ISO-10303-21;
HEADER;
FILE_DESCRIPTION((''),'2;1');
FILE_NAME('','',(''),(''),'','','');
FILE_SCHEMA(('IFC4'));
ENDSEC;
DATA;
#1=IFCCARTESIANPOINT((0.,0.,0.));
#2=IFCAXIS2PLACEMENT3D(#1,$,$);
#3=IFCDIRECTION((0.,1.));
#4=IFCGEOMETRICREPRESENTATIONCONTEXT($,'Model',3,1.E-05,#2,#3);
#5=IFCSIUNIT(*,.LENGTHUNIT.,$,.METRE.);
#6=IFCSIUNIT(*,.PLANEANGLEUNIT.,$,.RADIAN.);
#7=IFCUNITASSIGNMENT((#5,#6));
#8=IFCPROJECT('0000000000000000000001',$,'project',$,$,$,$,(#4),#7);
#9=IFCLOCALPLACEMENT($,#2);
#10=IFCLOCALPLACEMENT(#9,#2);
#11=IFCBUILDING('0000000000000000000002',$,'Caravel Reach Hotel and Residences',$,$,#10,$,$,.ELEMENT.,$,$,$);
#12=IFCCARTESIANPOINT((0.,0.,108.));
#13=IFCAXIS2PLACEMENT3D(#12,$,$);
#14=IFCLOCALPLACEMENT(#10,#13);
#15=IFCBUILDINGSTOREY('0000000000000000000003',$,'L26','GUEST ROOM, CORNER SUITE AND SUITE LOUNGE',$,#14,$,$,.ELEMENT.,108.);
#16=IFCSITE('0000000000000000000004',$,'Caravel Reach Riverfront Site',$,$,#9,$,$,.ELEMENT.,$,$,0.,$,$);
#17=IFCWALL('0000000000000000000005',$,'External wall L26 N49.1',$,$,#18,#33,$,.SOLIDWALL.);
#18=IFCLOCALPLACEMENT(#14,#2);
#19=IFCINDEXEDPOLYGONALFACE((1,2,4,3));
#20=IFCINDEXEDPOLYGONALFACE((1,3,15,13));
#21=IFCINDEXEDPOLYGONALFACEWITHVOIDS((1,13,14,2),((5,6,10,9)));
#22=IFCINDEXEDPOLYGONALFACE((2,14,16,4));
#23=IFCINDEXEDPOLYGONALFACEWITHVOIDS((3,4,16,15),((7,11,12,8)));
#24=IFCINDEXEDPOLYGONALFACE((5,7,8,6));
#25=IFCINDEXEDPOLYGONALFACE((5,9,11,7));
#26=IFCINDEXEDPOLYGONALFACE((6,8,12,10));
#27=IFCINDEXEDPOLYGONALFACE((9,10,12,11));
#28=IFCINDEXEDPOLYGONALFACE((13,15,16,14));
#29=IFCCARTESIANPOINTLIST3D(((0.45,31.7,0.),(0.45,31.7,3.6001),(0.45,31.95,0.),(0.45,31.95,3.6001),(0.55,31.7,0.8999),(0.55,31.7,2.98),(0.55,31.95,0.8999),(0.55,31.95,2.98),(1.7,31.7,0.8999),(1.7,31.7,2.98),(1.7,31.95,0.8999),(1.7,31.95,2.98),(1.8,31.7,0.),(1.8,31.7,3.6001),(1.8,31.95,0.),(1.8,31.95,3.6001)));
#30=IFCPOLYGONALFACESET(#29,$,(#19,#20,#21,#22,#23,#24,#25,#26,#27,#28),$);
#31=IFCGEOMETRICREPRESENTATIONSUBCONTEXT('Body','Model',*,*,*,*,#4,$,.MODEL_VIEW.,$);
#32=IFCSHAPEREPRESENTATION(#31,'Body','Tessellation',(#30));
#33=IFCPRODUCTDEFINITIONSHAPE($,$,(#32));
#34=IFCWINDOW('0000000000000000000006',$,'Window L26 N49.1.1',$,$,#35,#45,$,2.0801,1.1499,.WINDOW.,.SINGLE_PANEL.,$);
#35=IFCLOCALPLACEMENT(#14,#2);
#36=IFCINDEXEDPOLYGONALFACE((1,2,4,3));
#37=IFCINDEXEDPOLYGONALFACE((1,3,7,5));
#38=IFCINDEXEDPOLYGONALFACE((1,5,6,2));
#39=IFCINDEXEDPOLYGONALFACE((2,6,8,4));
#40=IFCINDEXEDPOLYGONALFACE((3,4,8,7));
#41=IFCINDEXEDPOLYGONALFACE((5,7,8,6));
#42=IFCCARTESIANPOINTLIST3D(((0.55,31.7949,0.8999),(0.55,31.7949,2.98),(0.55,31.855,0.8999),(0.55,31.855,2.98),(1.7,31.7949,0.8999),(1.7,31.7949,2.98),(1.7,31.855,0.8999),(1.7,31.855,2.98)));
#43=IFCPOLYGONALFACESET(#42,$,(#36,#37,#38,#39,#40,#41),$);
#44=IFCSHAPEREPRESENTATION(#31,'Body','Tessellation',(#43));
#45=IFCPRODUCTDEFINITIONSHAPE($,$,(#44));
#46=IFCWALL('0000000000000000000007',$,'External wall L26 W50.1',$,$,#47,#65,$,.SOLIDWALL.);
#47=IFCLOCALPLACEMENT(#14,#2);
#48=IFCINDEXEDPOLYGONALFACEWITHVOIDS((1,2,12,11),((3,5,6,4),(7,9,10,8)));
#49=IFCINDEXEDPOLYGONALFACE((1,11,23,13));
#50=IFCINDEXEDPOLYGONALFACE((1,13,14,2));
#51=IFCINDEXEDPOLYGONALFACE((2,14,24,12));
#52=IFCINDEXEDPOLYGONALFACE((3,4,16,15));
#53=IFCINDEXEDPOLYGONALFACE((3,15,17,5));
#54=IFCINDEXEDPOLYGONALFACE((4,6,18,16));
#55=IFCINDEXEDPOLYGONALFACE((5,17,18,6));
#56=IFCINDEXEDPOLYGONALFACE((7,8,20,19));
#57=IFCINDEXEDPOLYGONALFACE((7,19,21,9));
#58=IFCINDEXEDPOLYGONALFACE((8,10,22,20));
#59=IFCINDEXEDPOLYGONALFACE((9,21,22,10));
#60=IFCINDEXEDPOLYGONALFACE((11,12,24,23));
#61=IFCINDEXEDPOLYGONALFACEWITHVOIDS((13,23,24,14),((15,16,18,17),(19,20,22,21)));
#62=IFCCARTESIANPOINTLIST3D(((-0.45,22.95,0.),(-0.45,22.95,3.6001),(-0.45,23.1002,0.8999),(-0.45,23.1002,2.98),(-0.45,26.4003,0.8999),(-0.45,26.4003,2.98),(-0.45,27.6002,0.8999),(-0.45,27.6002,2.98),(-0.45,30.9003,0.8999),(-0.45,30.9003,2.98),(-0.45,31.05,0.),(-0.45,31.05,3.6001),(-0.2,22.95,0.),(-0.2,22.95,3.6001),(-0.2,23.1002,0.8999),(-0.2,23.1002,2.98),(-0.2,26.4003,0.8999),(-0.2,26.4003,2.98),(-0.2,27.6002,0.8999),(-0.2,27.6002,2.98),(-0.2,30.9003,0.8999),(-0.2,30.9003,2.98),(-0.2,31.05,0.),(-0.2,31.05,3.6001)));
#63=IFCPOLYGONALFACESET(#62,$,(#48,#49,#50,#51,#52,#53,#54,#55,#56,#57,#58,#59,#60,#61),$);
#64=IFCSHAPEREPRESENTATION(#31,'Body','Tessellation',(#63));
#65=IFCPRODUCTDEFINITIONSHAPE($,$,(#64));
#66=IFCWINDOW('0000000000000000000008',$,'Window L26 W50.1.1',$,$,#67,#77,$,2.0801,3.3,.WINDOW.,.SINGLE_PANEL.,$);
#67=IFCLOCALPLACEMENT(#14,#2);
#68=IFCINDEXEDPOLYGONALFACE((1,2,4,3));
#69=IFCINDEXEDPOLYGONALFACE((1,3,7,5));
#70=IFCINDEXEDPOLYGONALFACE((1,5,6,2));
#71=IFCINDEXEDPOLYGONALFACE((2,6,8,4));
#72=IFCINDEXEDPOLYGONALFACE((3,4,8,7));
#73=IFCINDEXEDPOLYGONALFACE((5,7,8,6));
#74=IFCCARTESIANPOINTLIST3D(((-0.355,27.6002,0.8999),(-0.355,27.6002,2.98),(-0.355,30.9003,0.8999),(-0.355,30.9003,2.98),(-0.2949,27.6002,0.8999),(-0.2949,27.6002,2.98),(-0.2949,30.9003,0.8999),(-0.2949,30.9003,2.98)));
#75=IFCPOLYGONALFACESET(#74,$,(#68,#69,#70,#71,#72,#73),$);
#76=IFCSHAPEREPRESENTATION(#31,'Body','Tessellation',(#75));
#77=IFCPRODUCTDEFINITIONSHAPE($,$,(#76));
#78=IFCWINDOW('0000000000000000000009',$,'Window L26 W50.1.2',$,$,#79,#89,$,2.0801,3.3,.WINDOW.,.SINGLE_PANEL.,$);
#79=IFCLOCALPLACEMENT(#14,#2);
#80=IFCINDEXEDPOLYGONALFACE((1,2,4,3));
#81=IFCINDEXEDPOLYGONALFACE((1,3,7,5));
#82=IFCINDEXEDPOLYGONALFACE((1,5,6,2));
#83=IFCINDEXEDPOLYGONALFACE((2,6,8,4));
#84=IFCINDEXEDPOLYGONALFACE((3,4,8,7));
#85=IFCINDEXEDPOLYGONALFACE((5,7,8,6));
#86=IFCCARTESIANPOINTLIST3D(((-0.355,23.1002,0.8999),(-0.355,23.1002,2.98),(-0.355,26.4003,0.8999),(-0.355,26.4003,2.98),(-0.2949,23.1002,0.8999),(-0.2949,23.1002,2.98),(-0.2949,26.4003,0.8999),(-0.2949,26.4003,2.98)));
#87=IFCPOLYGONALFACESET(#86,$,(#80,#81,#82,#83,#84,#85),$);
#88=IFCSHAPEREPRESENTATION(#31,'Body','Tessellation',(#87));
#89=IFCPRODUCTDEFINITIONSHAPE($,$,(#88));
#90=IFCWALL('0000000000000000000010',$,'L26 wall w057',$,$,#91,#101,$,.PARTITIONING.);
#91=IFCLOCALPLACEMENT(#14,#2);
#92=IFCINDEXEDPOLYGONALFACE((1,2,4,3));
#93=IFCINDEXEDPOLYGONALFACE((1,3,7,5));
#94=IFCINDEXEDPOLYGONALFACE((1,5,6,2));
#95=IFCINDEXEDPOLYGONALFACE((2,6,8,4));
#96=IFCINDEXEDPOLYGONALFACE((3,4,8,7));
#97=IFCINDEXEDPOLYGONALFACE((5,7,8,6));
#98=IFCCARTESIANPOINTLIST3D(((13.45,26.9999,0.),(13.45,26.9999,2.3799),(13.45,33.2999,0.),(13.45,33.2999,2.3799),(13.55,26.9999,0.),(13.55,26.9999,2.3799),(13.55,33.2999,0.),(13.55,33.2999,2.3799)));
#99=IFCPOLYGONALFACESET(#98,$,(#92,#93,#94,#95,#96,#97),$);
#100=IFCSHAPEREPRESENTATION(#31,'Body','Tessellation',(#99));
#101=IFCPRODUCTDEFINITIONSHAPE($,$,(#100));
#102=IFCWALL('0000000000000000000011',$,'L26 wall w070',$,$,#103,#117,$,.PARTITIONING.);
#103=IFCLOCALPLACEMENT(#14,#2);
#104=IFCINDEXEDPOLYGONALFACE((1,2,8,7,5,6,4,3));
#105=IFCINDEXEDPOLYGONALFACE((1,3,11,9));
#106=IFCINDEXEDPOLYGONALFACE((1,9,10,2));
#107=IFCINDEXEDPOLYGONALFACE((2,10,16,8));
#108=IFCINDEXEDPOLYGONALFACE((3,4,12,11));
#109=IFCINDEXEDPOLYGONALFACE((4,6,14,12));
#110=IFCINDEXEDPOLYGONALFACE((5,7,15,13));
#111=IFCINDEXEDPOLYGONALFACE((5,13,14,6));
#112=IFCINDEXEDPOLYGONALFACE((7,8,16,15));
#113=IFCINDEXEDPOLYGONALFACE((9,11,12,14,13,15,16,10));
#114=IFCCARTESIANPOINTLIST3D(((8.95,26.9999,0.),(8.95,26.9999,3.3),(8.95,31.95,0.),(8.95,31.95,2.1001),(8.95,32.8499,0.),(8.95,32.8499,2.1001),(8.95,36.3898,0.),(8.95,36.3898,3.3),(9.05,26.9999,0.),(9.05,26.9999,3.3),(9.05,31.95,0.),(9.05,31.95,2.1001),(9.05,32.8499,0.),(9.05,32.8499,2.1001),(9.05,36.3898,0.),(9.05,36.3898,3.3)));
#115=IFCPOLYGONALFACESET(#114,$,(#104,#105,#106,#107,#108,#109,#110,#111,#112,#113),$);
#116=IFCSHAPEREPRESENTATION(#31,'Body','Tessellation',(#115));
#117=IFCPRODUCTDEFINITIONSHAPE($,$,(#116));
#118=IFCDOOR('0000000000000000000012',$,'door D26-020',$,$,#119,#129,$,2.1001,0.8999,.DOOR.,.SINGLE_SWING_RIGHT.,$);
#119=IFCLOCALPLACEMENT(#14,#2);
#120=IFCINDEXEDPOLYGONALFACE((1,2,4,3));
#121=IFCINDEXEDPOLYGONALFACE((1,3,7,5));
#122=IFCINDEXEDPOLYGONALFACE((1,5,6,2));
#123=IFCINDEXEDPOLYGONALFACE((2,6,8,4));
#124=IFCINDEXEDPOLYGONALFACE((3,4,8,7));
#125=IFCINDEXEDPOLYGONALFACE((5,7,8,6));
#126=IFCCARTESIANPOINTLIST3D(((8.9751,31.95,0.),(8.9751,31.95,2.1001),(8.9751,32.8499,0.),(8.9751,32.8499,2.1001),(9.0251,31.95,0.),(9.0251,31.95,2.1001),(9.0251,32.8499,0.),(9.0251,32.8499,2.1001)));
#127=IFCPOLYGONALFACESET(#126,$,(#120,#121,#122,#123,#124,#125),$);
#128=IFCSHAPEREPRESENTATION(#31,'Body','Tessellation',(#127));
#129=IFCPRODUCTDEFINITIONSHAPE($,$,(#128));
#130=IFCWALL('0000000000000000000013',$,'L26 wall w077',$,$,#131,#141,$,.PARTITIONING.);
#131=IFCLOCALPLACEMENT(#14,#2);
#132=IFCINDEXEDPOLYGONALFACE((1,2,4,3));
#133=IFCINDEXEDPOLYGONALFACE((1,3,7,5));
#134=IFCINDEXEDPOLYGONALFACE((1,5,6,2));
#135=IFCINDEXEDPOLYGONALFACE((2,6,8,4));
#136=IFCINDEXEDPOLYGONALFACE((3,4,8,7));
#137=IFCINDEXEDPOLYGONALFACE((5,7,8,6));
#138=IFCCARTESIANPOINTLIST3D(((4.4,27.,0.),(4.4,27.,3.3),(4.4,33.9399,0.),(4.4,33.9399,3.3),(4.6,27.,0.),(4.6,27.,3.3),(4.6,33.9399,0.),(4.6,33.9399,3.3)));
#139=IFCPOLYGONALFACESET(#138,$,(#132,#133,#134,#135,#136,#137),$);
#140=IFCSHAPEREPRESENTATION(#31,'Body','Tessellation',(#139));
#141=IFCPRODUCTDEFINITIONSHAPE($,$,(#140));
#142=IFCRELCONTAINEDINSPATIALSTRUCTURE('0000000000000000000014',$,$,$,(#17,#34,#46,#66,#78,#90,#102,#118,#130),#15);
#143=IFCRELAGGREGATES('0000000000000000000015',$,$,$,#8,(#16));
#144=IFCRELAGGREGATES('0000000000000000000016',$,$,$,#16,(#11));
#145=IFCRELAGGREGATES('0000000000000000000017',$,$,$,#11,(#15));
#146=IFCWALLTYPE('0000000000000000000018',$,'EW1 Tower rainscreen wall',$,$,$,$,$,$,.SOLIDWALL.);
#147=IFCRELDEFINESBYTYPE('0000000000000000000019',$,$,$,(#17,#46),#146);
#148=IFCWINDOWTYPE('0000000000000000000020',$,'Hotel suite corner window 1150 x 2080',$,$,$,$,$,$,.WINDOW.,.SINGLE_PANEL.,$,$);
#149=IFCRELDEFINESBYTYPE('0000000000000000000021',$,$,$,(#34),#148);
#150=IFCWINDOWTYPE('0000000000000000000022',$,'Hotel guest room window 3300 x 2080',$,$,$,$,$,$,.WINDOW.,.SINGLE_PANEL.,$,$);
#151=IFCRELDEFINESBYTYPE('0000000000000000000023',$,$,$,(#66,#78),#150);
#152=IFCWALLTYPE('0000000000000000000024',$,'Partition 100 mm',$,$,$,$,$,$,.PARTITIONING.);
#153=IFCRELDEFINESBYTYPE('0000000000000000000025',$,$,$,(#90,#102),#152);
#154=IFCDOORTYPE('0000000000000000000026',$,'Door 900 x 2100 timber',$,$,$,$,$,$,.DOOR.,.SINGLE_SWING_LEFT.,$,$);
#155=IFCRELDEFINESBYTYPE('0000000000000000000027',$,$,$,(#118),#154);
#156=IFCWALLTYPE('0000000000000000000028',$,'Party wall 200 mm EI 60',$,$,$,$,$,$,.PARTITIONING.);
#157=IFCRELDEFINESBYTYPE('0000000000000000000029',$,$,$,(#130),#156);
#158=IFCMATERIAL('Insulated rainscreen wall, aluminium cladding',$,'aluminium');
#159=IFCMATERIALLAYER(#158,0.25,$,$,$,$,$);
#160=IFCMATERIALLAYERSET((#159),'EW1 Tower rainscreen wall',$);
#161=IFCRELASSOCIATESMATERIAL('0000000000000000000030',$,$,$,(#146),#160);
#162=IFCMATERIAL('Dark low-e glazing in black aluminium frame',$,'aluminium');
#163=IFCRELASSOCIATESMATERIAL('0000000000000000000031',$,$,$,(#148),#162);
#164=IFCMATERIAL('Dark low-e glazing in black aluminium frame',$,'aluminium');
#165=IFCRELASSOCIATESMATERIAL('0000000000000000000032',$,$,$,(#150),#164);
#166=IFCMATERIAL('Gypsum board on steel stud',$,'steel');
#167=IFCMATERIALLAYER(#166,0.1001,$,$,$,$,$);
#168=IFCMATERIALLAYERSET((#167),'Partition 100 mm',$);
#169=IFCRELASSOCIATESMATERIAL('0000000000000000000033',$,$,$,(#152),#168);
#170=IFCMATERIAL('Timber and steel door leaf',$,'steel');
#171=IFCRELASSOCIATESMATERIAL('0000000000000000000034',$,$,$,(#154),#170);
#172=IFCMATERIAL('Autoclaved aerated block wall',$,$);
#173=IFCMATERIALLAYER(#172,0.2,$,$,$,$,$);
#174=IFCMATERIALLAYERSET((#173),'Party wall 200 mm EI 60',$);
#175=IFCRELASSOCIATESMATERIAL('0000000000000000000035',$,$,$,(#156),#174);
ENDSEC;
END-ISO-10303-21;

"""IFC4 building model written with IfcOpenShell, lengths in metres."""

from ifc_helpers import new_model, si_unit, direction, frame, frame_2d, origin, place, context, subcontext, project, spatial, rectangle, extrude, material, layer, layer_set, type_object, element, fill, save


model = new_model("IFC4")

# Units and contexts
model_context = context("Model", 3, precision=1e-05, world=origin(), true_north=direction((0.0, 1.0)))
body_context = subcontext(model_context, "Body", "Model", "MODEL_VIEW")
ifc_project = project(units=[si_unit("LENGTHUNIT", "METRE"), si_unit("PLANEANGLEUNIT", "RADIAN")], contexts=[model_context])

# Site, building, storey
site_placement = place(None, origin())
site = spatial("IfcSite", under=ifc_project, at=site_placement, Name="Caravel Reach Riverfront Site", CompositionType="ELEMENT", RefElevation=0.0)
building_placement = place(site_placement, origin())
building = spatial("IfcBuilding", under=site, at=building_placement, Name="Caravel Reach Hotel and Residences", CompositionType="ELEMENT")
storey_placement = place(building_placement, frame((0.0, 0.0, 108.0)))
storey = spatial("IfcBuildingStorey", under=building, at=storey_placement, Name="L26", Description="GUEST ROOM, CORNER SUITE AND SUITE LOUNGE", CompositionType="ELEMENT", Elevation=108.0)

# Wall, opening, window
ifc_material_1 = material(Name="Insulated rainscreen wall, aluminium cladding", Category="aluminium")
ifc_layer_1 = layer(ifc_material_1, 0.25)
ifc_layer_set_1 = layer_set([ifc_layer_1], Name="EW1 Tower rainscreen wall")
wall_type_1 = type_object("IfcWallType", Name="EW1 Tower rainscreen wall", PredefinedType="SOLIDWALL", material=ifc_layer_set_1)
ifc_material_2 = material(Name="Dark low-e glazing in black aluminium frame", Category="aluminium")
window_type_1 = type_object("IfcWindowType", Name="Hotel suite corner window 1150 x 2080", PartitioningType="SINGLE_PANEL", PredefinedType="WINDOW", material=ifc_material_2)
wall_1_placement = place(storey_placement, frame((1.8, 31.825, 0.0), z_axis=(0.0, 0.0, 1.0), x_axis=(-1.0, 0.0, 0.0)))
wall_1 = element("IfcWall", 1, at=wall_1_placement, inside=storey, type_object=wall_type_1, Name="External wall L26 N49.1", PredefinedType="SOLIDWALL", context=body_context, shape_type="SweptSolid", body=[
    extrude(rectangle(XDim=1.3501, YDim=0.25, at=frame_2d((0.675, 0.0))), origin(), (0.0, 0.0, 1.0), 3.6001),
])
opening_1_placement = place(wall_1_placement, frame((0.1001, 0.0, 0.8999)))
opening_1 = element("IfcOpeningElement", 2, at=opening_1_placement, cuts=wall_1, PredefinedType="OPENING", context=body_context, shape_type="SweptSolid", body=[
    extrude(rectangle(XDim=1.1499, YDim=2.0801, at=frame_2d((0.575, 1.04))), frame((0.0, 0.135, 0.0), z_axis=(0.0, -1.0, 0.0), x_axis=(1.0, 0.0, 0.0)), (0.0, 0.0, 1.0), 0.27),
])
window_1_placement = place(opening_1_placement, origin())
window_1 = element("IfcWindow", 3, at=window_1_placement, inside=storey, type_object=window_type_1, Name="Window L26 N49.1.1", OverallHeight=2.0801, OverallWidth=1.1499, PartitioningType="SINGLE_PANEL", PredefinedType="WINDOW", context=body_context, shape_type="SweptSolid", body=[
    extrude(rectangle(XDim=1.1499, YDim=2.0801, at=frame_2d((0.575, 1.04))), frame((0.0, 0.03, 0.0), z_axis=(0.0, -1.0, 0.0), x_axis=(1.0, 0.0, 0.0)), (0.0, 0.0, 1.0), 0.0601),
])
fill(opening_1, window_1)

# Wall, openings, windows
wall_2_placement = place(storey_placement, frame((-0.325, 31.05, 0.0), z_axis=(0.0, 0.0, 1.0), x_axis=(0.0, -1.0, 0.0)))
wall_2 = element("IfcWall", 4, at=wall_2_placement, inside=storey, type_object=wall_type_1, Name="External wall L26 W50.1", PredefinedType="SOLIDWALL", context=body_context, shape_type="SweptSolid", body=[
    extrude(rectangle(XDim=8.1001, YDim=0.25, at=frame_2d((4.05, 0.0))), origin(), (0.0, 0.0, 1.0), 3.6001),
])
opening_2_placement = place(wall_2_placement, frame((0.1499, 0.0, 0.8999)))
opening_2 = element("IfcOpeningElement", 5, at=opening_2_placement, cuts=wall_2, PredefinedType="OPENING", context=body_context, shape_type="SweptSolid", body=[
    extrude(rectangle(XDim=3.3, YDim=2.0801, at=frame_2d((1.6499, 1.04))), frame((0.0, 0.135, 0.0), z_axis=(0.0, -1.0, 0.0), x_axis=(1.0, 0.0, 0.0)), (0.0, 0.0, 1.0), 0.27),
])
opening_3_placement = place(wall_2_placement, frame((4.6499, 0.0, 0.8999)))
opening_3 = element("IfcOpeningElement", 6, at=opening_3_placement, cuts=wall_2, PredefinedType="OPENING", context=body_context, shape_type="SweptSolid", body=[
    extrude(rectangle(XDim=3.3, YDim=2.0801, at=frame_2d((1.6499, 1.04))), frame((0.0, 0.135, 0.0), z_axis=(0.0, -1.0, 0.0), x_axis=(1.0, 0.0, 0.0)), (0.0, 0.0, 1.0), 0.27),
])
ifc_material_3 = material(Name="Dark low-e glazing in black aluminium frame", Category="aluminium")
window_type_2 = type_object("IfcWindowType", Name="Hotel guest room window 3300 x 2080", PartitioningType="SINGLE_PANEL", PredefinedType="WINDOW", material=ifc_material_3)
window_2_placement = place(opening_2_placement, origin())
window_2 = element("IfcWindow", 7, at=window_2_placement, inside=storey, type_object=window_type_2, Name="Window L26 W50.1.1", OverallHeight=2.0801, OverallWidth=3.3, PartitioningType="SINGLE_PANEL", PredefinedType="WINDOW", context=body_context, shape_type="SweptSolid", body=[
    extrude(rectangle(XDim=3.3, YDim=2.0801, at=frame_2d((1.6499, 1.04))), frame((0.0, 0.03, 0.0), z_axis=(0.0, -1.0, 0.0), x_axis=(1.0, 0.0, 0.0)), (0.0, 0.0, 1.0), 0.0601),
])
fill(opening_2, window_2)
window_3_placement = place(opening_3_placement, origin())
window_3 = element("IfcWindow", 8, at=window_3_placement, inside=storey, type_object=window_type_2, Name="Window L26 W50.1.2", OverallHeight=2.0801, OverallWidth=3.3, PartitioningType="SINGLE_PANEL", PredefinedType="WINDOW", context=body_context, shape_type="SweptSolid", body=[
    extrude(rectangle(XDim=3.3, YDim=2.0801, at=frame_2d((1.6499, 1.04))), frame((0.0, 0.03, 0.0), z_axis=(0.0, -1.0, 0.0), x_axis=(1.0, 0.0, 0.0)), (0.0, 0.0, 1.0), 0.0601),
])
fill(opening_3, window_3)

# Wall
ifc_material_4 = material(Name="Gypsum board on steel stud", Category="steel")
ifc_layer_2 = layer(ifc_material_4, 0.1001)
ifc_layer_set_2 = layer_set([ifc_layer_2], Name="Partition 100 mm")
wall_type_2 = type_object("IfcWallType", Name="Partition 100 mm", PredefinedType="PARTITIONING", material=ifc_layer_set_2)
wall_3_placement = place(storey_placement, frame((13.5, 27.0, 0.0), z_axis=(0.0, 0.0, 1.0), x_axis=(0.0, 1.0, 0.0)))
element("IfcWall", 9, at=wall_3_placement, inside=storey, type_object=wall_type_2, Name="L26 wall w057", PredefinedType="PARTITIONING", context=body_context, shape_type="SweptSolid", body=[
    extrude(rectangle(XDim=6.3, YDim=0.1001, at=frame_2d((3.1499, 0.0))), origin(), (0.0, 0.0, 1.0), 2.3799),
])

# Wall, opening, door
wall_4_placement = place(storey_placement, frame((9.0, 27.0, 0.0), z_axis=(0.0, 0.0, 1.0), x_axis=(0.0, 1.0, 0.0)))
wall_4 = element("IfcWall", 10, at=wall_4_placement, inside=storey, type_object=wall_type_2, Name="L26 wall w070", PredefinedType="PARTITIONING", context=body_context, shape_type="SweptSolid", body=[
    extrude(rectangle(XDim=9.3899, YDim=0.1001, at=frame_2d((4.6948, 0.0))), origin(), (0.0, 0.0, 1.0), 3.3),
])
opening_4_placement = place(wall_4_placement, frame((4.95, 0.0, 0.0)))
opening_4 = element("IfcOpeningElement", 11, at=opening_4_placement, cuts=wall_4, PredefinedType="OPENING", context=body_context, shape_type="SweptSolid", body=[
    extrude(rectangle(XDim=0.8999, YDim=2.1001, at=frame_2d((0.45, 1.05))), frame((0.0, 0.0601, 0.0), z_axis=(0.0, -1.0, 0.0), x_axis=(1.0, 0.0, 0.0)), (0.0, 0.0, 1.0), 0.1201),
])
ifc_material_5 = material(Name="Timber and steel door leaf", Category="steel")
door_type_1 = type_object("IfcDoorType", Name="Door 900 x 2100 timber", OperationType="SINGLE_SWING_LEFT", PredefinedType="DOOR", material=ifc_material_5)
door_1_placement = place(opening_4_placement, origin())
door_1 = element("IfcDoor", 12, at=door_1_placement, inside=storey, type_object=door_type_1, Name="door D26-020", OperationType="SINGLE_SWING_RIGHT", OverallHeight=2.1001, OverallWidth=0.8999, PredefinedType="DOOR", context=body_context, shape_type="SweptSolid", body=[
    extrude(rectangle(XDim=0.8999, YDim=2.1001, at=frame_2d((0.45, 1.05))), frame((0.0, 0.0249, 0.0), z_axis=(0.0, -1.0, 0.0), x_axis=(1.0, 0.0, 0.0)), (0.0, 0.0, 1.0), 0.05),
])
fill(opening_4, door_1)

# Wall
ifc_material_6 = material(Name="Autoclaved aerated block wall")
ifc_layer_3 = layer(ifc_material_6, 0.2)
ifc_layer_set_3 = layer_set([ifc_layer_3], Name="Party wall 200 mm EI 60")
wall_type_3 = type_object("IfcWallType", Name="Party wall 200 mm EI 60", PredefinedType="PARTITIONING", material=ifc_layer_set_3)
wall_5_placement = place(storey_placement, frame((4.5, 27.0, 0.0), z_axis=(0.0, 0.0, 1.0), x_axis=(0.0, 1.0, 0.0)))
element("IfcWall", 13, at=wall_5_placement, inside=storey, type_object=wall_type_3, Name="L26 wall w077", PredefinedType="PARTITIONING", context=body_context, shape_type="SweptSolid", body=[
    extrude(rectangle(XDim=6.9399, YDim=0.2, at=frame_2d((3.47, 0.0))), origin(), (0.0, 0.0, 1.0), 3.3),
])

save(model, "model.ifc")
